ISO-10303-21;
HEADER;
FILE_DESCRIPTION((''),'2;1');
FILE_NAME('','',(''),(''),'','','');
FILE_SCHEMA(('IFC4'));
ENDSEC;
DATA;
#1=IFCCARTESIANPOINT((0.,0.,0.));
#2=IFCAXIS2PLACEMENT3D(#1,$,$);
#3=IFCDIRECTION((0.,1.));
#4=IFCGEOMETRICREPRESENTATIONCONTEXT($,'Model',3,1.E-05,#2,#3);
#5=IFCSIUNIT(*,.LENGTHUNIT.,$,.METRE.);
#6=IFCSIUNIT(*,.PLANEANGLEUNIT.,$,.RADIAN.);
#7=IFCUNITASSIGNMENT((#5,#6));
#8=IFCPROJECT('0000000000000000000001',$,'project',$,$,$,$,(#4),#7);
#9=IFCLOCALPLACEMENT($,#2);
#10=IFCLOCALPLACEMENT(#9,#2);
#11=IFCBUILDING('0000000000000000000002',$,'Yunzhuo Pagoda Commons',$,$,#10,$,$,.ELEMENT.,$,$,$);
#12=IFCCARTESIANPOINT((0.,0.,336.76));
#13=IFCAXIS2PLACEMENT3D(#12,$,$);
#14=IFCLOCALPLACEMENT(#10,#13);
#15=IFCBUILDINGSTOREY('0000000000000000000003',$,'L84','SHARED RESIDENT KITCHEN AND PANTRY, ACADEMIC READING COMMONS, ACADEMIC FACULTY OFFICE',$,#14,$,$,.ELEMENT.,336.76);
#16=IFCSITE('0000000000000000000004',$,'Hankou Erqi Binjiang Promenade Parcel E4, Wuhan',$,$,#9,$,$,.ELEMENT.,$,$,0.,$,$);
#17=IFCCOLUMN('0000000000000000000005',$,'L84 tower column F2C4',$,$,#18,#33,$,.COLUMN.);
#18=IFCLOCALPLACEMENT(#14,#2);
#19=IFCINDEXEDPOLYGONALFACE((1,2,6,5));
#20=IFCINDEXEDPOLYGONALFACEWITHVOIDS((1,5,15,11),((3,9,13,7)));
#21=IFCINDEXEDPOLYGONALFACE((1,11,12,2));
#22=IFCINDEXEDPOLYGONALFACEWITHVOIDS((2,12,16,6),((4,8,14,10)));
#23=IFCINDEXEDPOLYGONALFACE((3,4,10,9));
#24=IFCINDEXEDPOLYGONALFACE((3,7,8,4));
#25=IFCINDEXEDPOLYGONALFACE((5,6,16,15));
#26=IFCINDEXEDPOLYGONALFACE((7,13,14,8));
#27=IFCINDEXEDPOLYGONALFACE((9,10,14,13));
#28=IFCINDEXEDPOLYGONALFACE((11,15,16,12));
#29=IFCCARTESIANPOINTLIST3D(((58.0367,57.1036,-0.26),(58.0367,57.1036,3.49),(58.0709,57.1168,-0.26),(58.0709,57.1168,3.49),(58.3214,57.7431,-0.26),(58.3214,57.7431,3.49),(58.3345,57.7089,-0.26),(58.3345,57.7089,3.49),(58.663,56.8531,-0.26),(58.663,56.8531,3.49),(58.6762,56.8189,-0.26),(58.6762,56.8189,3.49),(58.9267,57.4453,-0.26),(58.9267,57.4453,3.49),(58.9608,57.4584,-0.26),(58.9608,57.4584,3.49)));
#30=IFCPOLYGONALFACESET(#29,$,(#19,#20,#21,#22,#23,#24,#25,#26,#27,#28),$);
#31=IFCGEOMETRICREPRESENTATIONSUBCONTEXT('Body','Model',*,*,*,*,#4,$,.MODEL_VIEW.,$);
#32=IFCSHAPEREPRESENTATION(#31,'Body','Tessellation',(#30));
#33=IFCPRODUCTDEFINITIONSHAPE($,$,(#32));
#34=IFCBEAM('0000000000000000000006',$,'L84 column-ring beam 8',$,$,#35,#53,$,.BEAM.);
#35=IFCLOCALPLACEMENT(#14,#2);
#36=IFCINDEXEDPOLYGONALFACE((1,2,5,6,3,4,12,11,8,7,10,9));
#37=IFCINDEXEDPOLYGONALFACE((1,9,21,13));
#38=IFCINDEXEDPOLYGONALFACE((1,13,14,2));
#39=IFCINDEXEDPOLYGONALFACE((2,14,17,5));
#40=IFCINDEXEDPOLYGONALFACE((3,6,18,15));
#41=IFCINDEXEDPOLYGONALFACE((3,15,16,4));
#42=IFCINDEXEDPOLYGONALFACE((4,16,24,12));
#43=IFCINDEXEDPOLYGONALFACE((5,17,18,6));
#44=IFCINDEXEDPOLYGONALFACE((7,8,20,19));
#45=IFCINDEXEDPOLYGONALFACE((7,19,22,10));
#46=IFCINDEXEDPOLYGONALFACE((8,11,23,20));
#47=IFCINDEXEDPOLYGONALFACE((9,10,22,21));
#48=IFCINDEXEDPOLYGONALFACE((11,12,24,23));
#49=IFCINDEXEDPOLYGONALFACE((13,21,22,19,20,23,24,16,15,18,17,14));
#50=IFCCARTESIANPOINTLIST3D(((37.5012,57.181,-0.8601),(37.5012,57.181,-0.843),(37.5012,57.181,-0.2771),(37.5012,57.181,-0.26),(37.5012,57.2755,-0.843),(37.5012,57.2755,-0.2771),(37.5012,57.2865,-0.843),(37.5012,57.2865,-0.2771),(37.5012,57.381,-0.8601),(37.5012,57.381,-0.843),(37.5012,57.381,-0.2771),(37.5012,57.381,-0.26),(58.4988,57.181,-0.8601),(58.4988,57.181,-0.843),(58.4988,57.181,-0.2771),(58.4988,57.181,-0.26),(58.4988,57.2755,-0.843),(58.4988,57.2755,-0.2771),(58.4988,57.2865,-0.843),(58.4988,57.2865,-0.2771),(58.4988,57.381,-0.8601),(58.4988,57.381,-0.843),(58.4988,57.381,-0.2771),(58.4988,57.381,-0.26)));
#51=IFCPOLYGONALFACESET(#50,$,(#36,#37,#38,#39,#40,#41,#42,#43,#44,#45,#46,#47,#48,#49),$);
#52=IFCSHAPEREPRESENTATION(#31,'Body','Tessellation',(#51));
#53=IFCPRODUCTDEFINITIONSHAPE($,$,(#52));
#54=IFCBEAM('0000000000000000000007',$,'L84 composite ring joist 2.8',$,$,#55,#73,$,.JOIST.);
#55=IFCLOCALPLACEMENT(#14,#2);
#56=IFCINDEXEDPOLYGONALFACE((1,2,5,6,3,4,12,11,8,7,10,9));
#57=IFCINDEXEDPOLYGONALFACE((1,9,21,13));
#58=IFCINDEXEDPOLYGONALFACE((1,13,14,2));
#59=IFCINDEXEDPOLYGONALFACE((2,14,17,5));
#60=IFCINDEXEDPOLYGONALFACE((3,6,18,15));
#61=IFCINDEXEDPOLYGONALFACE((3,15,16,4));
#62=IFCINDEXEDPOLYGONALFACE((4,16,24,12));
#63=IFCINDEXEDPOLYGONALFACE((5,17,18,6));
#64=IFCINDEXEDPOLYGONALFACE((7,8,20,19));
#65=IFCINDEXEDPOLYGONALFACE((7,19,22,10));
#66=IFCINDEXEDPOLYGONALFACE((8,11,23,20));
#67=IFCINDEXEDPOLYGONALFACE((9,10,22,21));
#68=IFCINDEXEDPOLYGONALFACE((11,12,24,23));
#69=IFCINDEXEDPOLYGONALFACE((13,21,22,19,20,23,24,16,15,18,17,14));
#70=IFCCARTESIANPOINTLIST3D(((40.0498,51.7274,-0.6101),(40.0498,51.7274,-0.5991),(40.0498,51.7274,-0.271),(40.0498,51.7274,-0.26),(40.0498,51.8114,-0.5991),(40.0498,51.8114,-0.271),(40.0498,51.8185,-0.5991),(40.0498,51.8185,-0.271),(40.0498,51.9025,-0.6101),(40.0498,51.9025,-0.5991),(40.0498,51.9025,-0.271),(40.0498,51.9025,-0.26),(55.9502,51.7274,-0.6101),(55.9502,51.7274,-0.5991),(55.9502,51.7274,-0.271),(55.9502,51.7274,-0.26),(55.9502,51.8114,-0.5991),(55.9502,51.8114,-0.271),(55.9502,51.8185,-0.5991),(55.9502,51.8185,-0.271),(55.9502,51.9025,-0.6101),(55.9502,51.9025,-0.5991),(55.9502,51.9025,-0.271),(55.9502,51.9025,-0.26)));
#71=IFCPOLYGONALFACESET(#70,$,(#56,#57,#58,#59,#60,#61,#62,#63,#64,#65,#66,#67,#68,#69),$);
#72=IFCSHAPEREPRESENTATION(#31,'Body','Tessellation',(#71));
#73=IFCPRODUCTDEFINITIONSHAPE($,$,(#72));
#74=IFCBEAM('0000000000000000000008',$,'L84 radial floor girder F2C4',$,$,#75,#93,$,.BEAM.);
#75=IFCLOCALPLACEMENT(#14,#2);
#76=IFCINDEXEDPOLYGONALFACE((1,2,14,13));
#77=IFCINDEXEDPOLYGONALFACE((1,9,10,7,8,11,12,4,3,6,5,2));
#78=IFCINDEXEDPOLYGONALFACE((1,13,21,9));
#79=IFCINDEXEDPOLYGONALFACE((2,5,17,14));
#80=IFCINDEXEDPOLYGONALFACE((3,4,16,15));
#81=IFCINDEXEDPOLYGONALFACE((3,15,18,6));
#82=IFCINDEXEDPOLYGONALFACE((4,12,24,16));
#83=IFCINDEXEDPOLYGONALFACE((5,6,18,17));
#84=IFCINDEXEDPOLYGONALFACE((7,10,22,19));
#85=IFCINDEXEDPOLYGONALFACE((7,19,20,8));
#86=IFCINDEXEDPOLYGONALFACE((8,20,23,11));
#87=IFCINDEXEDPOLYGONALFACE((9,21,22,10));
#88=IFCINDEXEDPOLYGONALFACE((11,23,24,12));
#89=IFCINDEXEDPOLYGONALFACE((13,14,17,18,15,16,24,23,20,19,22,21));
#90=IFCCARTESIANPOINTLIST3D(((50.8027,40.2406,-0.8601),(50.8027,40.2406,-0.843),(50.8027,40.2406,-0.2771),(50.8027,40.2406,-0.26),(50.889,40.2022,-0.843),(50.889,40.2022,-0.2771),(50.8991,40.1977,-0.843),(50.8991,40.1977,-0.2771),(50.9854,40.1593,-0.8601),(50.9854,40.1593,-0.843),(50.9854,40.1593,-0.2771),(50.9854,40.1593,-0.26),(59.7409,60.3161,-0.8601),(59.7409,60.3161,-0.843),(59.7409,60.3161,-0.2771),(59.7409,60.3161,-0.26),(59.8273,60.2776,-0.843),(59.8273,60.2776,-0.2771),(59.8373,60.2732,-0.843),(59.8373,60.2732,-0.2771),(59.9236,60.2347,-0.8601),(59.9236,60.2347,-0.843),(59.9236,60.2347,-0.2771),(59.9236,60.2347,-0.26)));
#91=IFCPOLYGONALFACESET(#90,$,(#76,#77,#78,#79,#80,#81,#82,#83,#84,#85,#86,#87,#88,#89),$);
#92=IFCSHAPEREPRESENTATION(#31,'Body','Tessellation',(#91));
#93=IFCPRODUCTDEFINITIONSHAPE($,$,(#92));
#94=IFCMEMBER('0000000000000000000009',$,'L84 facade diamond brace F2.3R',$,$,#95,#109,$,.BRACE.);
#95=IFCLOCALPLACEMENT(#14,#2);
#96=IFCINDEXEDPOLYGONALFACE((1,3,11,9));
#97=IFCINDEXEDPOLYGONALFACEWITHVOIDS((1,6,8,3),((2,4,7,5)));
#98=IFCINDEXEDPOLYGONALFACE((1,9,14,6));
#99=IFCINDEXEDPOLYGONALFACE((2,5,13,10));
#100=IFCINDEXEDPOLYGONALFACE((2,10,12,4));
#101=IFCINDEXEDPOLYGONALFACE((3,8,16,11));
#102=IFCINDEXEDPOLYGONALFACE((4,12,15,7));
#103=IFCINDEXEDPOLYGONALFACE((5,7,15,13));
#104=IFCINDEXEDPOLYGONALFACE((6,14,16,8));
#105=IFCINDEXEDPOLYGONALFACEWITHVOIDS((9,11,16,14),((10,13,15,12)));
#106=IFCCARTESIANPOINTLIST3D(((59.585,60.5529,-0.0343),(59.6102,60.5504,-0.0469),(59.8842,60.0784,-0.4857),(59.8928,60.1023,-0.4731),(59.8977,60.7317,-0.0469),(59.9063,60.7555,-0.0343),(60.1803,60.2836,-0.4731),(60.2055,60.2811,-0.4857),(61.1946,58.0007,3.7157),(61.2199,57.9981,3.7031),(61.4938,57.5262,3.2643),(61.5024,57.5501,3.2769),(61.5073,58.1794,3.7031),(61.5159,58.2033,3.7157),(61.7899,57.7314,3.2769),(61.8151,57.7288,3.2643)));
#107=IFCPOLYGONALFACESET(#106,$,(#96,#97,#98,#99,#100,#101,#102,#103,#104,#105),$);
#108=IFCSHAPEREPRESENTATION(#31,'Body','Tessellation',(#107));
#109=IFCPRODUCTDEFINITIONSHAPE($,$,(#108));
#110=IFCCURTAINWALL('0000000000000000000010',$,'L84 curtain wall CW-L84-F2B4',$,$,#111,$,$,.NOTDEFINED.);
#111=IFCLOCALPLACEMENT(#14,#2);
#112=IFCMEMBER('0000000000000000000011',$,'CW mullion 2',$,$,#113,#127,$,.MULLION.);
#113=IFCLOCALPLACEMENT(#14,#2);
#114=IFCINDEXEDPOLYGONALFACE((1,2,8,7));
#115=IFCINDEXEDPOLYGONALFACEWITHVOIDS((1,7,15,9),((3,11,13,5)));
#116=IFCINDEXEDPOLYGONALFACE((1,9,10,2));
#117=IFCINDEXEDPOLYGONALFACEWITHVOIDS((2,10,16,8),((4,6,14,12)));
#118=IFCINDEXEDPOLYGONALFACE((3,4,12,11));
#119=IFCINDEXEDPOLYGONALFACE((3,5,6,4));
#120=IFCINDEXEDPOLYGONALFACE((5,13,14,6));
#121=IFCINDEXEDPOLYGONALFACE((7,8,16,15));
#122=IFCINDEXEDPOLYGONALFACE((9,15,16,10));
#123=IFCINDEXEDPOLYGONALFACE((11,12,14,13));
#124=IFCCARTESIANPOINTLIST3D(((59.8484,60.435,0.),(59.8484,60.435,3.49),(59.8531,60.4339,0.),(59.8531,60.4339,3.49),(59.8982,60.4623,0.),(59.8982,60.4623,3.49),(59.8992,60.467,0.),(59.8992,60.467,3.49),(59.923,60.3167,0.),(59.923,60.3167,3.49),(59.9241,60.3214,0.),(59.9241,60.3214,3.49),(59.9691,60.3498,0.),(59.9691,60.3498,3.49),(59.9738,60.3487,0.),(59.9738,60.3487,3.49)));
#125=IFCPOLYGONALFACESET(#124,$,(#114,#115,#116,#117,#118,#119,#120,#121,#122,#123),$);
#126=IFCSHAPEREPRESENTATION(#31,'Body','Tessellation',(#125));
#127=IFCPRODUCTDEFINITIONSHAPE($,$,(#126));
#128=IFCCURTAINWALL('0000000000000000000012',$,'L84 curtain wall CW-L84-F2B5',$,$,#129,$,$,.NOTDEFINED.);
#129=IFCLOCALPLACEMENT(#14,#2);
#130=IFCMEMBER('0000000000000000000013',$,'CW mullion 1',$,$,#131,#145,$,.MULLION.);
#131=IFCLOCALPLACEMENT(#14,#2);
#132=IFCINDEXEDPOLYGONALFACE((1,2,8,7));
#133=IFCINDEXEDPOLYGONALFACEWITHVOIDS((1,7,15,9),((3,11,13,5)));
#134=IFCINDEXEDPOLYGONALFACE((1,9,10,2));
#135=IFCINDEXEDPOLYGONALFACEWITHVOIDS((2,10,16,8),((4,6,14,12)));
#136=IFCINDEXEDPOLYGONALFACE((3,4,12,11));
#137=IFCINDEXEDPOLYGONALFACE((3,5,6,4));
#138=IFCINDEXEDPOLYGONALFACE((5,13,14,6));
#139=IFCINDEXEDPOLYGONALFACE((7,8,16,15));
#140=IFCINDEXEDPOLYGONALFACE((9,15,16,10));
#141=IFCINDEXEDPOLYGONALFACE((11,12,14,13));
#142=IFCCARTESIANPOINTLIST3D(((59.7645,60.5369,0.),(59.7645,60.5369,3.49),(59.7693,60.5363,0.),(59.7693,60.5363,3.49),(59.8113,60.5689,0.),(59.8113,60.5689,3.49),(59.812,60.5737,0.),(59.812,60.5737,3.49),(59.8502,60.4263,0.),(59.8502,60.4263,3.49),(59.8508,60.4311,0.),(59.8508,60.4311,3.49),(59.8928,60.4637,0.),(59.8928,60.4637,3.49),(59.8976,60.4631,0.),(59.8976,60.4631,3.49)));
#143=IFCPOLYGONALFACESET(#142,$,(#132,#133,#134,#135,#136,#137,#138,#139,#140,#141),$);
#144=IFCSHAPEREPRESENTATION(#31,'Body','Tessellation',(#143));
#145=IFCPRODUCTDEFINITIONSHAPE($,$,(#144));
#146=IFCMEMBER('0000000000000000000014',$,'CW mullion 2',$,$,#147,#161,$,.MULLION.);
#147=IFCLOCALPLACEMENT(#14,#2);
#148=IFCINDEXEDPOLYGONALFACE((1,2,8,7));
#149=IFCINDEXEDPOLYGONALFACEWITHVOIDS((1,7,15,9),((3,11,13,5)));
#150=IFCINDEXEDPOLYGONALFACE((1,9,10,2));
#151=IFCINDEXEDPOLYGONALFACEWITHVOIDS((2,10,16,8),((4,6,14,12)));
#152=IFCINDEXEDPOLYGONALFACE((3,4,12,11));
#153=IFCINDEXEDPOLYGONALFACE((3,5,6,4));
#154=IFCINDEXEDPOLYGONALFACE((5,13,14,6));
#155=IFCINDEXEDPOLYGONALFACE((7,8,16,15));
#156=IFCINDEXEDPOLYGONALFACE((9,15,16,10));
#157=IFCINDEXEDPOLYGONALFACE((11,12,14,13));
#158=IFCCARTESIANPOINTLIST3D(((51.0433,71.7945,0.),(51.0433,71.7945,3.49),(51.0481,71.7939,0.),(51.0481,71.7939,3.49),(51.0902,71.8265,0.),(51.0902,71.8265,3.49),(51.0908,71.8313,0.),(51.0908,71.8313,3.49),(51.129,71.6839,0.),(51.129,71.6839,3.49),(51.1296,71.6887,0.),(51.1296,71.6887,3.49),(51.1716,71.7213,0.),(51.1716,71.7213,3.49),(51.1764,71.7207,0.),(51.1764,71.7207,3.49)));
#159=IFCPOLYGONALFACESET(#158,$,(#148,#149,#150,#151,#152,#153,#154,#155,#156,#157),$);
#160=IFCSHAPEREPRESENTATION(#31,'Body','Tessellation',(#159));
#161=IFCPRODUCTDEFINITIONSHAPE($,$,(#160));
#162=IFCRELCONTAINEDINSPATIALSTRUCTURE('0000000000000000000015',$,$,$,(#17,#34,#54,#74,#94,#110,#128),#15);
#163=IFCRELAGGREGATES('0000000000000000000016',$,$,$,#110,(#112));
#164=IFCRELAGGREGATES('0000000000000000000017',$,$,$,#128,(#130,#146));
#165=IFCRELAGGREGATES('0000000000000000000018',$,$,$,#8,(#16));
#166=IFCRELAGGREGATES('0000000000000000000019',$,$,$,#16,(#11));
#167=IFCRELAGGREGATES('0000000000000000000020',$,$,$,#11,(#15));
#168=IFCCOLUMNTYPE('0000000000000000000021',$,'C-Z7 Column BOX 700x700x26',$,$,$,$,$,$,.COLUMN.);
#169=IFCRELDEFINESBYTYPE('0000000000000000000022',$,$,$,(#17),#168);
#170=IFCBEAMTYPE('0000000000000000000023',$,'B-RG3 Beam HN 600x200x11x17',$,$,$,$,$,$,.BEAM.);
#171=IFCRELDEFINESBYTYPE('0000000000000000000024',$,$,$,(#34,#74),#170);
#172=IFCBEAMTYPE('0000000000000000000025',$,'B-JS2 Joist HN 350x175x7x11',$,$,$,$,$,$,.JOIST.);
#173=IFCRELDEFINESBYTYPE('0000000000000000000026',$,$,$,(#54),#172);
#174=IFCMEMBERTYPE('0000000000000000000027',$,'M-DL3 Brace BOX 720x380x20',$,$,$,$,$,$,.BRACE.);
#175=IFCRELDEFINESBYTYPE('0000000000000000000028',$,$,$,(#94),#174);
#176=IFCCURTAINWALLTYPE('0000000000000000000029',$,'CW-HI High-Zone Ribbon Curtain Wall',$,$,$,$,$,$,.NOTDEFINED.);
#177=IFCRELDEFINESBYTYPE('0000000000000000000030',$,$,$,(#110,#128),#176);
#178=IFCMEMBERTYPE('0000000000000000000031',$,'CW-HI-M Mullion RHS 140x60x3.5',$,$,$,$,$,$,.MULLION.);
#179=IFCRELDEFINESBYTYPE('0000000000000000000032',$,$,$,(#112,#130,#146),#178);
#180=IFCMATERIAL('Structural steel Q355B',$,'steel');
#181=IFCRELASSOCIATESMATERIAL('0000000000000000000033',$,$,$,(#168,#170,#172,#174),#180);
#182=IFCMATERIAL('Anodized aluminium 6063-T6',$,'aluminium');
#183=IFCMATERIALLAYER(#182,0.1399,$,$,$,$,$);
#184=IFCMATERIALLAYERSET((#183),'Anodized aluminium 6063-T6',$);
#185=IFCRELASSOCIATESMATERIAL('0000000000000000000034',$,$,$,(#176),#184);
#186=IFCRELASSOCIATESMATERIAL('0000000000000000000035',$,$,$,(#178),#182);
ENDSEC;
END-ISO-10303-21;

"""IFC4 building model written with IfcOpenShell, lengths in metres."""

from ifc_helpers import new_model, si_unit, direction, frame, origin, origin_2d, place, context, subcontext, project, spatial, hollow_rectangle, i_section, extrude, source, transform, mapped, material, layer, layer_set, material_profile, profile_set, type_object, element, aggregate, save


model = new_model("IFC4")

# Units and contexts
model_context = context("Model", 3, precision=1e-05, world=origin(), true_north=direction((0.0, 1.0)))
body_context = subcontext(model_context, "Body", "Model", "MODEL_VIEW")
ifc_project = project(units=[si_unit("LENGTHUNIT", "METRE"), si_unit("PLANEANGLEUNIT", "RADIAN")], contexts=[model_context])

# Site, building, storey
site_placement = place(None, origin())
site = spatial("IfcSite", under=ifc_project, at=site_placement, Name="Hankou Erqi Binjiang Promenade Parcel E4, Wuhan", CompositionType="ELEMENT", RefElevation=0.0)
building_placement = place(site_placement, origin())
building = spatial("IfcBuilding", under=site, at=building_placement, Name="Yunzhuo Pagoda Commons", CompositionType="ELEMENT")
storey_placement = place(building_placement, frame((0.0, 0.0, 336.76)))
storey = spatial("IfcBuildingStorey", under=building, at=storey_placement, Name="L84", Description="SHARED RESIDENT KITCHEN AND PANTRY, ACADEMIC READING COMMONS, ACADEMIC FACULTY OFFICE", CompositionType="ELEMENT", Elevation=336.76)

# Column
ifc_material_1 = material(Name="Structural steel Q355B", Category="steel")
ifc_material_profile_1 = material_profile(ifc_material_1, hollow_rectangle(XDim=0.7, YDim=0.7, WallThickness=0.0259, at=origin_2d()), Name="Structural steel Q355B")
ifc_profile_set_1 = profile_set([ifc_material_profile_1], Name="Structural steel Q355B")
column_type = type_object("IfcColumnType", Name="C-Z7 Column BOX 700x700x26", PredefinedType="COLUMN", material=ifc_profile_set_1)
shared_shape_1 = source(origin(), body_context, "Body", "SweptSolid", [
    extrude(hollow_rectangle(XDim=0.7, YDim=0.7, WallThickness=0.0259, at=origin_2d()), origin(), (0.0, 0.0, 1.0), 3.75),
])
column_placement = place(storey_placement, frame((58.4988, 57.281, -0.26), z_axis=(0.0, 0.0, 1.0), x_axis=(-0.913545, 0.406737, 0.0)))
element("IfcColumn", 1, at=column_placement, inside=storey, type_object=column_type, Name="L84 tower column F2C4", PredefinedType="COLUMN", context=body_context, shape_type="MappedRepresentation", body=[
    mapped(shared_shape_1, transform((0.0, 0.0, 0.0), scale=1.0)),
])

# Beams
ifc_material_profile_2 = material_profile(ifc_material_1, i_section(OverallWidth=0.2, OverallDepth=0.6001, WebThickness=0.011, FlangeThickness=0.0171, at=origin_2d()), Name="Structural steel Q355B")
ifc_profile_set_2 = profile_set([ifc_material_profile_2], Name="Structural steel Q355B")
beam_type_1 = type_object("IfcBeamType", Name="B-RG3 Beam HN 600x200x11x17", PredefinedType="BEAM", material=ifc_profile_set_2)
shared_shape_2 = source(origin(), body_context, "Body", "SweptSolid", [
    extrude(i_section(OverallWidth=0.2, OverallDepth=0.6001, WebThickness=0.011, FlangeThickness=0.0171, at=origin_2d()), origin(), (0.0, 0.0, 1.0), 20.9976),
])
beam_1_placement = place(storey_placement, frame((58.4988, 57.281, -0.5601), z_axis=(-1.0, 0.0, 0.0), x_axis=(0.0, -1.0, 0.0)))
element("IfcBeam", 2, at=beam_1_placement, inside=storey, type_object=beam_type_1, Name="L84 column-ring beam 8", PredefinedType="BEAM", context=body_context, shape_type="MappedRepresentation", body=[
    mapped(shared_shape_2, transform((0.0, 0.0, 0.0), scale=1.0)),
])
ifc_material_profile_3 = material_profile(ifc_material_1, i_section(OverallWidth=0.175, OverallDepth=0.3501, WebThickness=0.0071, FlangeThickness=0.011, at=origin_2d()), Name="Structural steel Q355B")
ifc_profile_set_3 = profile_set([ifc_material_profile_3], Name="Structural steel Q355B")
beam_type_2 = type_object("IfcBeamType", Name="B-JS2 Joist HN 350x175x7x11", PredefinedType="JOIST", material=ifc_profile_set_3)
shared_shape_3 = source(origin(), body_context, "Body", "SweptSolid", [
    extrude(i_section(OverallWidth=0.175, OverallDepth=0.3501, WebThickness=0.0071, FlangeThickness=0.011, at=origin_2d()), origin(), (0.0, 0.0, 1.0), 15.9004),
])
beam_2_placement = place(storey_placement, frame((55.9502, 51.8149, -0.4351), z_axis=(-1.0, 0.0, 0.0), x_axis=(0.0, -1.0, 0.0)))
element("IfcBeam", 3, at=beam_2_placement, inside=storey, type_object=beam_type_2, Name="L84 composite ring joist 2.8", PredefinedType="JOIST", context=body_context, shape_type="MappedRepresentation", body=[
    mapped(shared_shape_3, transform((0.0, 0.0, 0.0), scale=1.0)),
])
shared_shape_4 = source(origin(), body_context, "Body", "SweptSolid", [
    extrude(i_section(OverallWidth=0.2, OverallDepth=0.6001, WebThickness=0.011, FlangeThickness=0.0171, at=origin_2d()), origin(), (0.0, 0.0, 1.0), 21.9753),
])
beam_3_placement = place(storey_placement, frame((59.8323, 60.2754, -0.5601), z_axis=(-0.406739, -0.913544, 0.0), x_axis=(0.913544, -0.406739, 0.0)))
element("IfcBeam", 4, at=beam_3_placement, inside=storey, type_object=beam_type_1, Name="L84 radial floor girder F2C4", PredefinedType="BEAM", context=body_context, shape_type="MappedRepresentation", body=[
    mapped(shared_shape_4, transform((0.0, 0.0, 0.0), scale=1.0)),
])

# Member
ifc_material_profile_4 = material_profile(ifc_material_1, hollow_rectangle(XDim=0.3799, YDim=0.72, WallThickness=0.02, at=origin_2d()), Name="Structural steel Q355B")
ifc_profile_set_4 = profile_set([ifc_material_profile_4], Name="Structural steel Q355B")
member_type_1 = type_object("IfcMemberType", Name="M-DL3 Brace BOX 720x380x20", PredefinedType="BRACE", material=ifc_profile_set_4)
shared_shape_5 = source(origin(), body_context, "Body", "SweptSolid", [
    extrude(hollow_rectangle(XDim=0.3799, YDim=0.72, WallThickness=0.02, at=origin_2d()), origin(), (0.0, 0.0, 1.0), 4.8132),
])
member_1_placement = place(storey_placement, frame((59.8953, 60.417, -0.26), z_axis=(0.334414, -0.530255, 0.7791), x_axis=(0.845837, 0.533442, 0.0)))
element("IfcMember", 5, at=member_1_placement, inside=storey, type_object=member_type_1, Name="L84 facade diamond brace F2.3R", PredefinedType="BRACE", context=body_context, shape_type="MappedRepresentation", body=[
    mapped(shared_shape_5, transform((0.0, 0.0, 0.0), scale=1.0)),
])

# Curtain wall, member
ifc_material_2 = material(Name="Anodized aluminium 6063-T6", Category="aluminium")
ifc_layer_1 = layer(ifc_material_2, 0.1399)
ifc_layer_set_1 = layer_set([ifc_layer_1], Name="Anodized aluminium 6063-T6")
curtain_wall_type = type_object("IfcCurtainWallType", Name="CW-HI High-Zone Ribbon Curtain Wall", PredefinedType="NOTDEFINED", material=ifc_layer_set_1)
curtain_wall_1_placement = place(storey_placement, origin())
curtain_wall_1 = element("IfcCurtainWall", 6, at=curtain_wall_1_placement, inside=storey, type_object=curtain_wall_type, Name="L84 curtain wall CW-L84-F2B4", PredefinedType="NOTDEFINED")
ifc_material_profile_5 = material_profile(ifc_material_2, hollow_rectangle(XDim=0.0601, YDim=0.1399, WallThickness=0.0034, at=origin_2d()), Name="Anodized aluminium 6063-T6")
ifc_profile_set_5 = profile_set([ifc_material_profile_5], Name="Anodized aluminium 6063-T6")
member_type_2 = type_object("IfcMemberType", Name="CW-HI-M Mullion RHS 140x60x3.5", PredefinedType="MULLION", material=ifc_profile_set_5)
shared_shape_6 = source(origin(), body_context, "Body", "SweptSolid", [
    extrude(hollow_rectangle(XDim=0.0601, YDim=0.1399, WallThickness=0.0034, at=origin_2d()), origin(), (0.0, 0.0, 1.0), 3.49),
])
member_2_placement = place(storey_placement, frame((59.9111, 60.3918, 0.0), z_axis=(0.0, 0.0, 1.0), x_axis=(-0.845818, -0.533472, 0.0)))
member_2 = element("IfcMember", 7, at=member_2_placement, type_object=member_type_2, Name="CW mullion 2", PredefinedType="MULLION", context=body_context, shape_type="MappedRepresentation", body=[
    mapped(shared_shape_6, transform((0.0, 0.0, 0.0), scale=1.0)),
])

# Curtain wall, members
curtain_wall_2_placement = place(storey_placement, origin())
curtain_wall_2 = element("IfcCurtainWall", 8, at=curtain_wall_2_placement, inside=storey, type_object=curtain_wall_type, Name="L84 curtain wall CW-L84-F2B5", PredefinedType="NOTDEFINED")
member_3_placement = place(storey_placement, frame((59.8311, 60.5, 0.0), z_axis=(0.0, 0.0, 1.0), x_axis=(-0.790527, -0.612427, 0.0)))
member_3 = element("IfcMember", 9, at=member_3_placement, type_object=member_type_2, Name="CW mullion 1", PredefinedType="MULLION", context=body_context, shape_type="MappedRepresentation", body=[
    mapped(shared_shape_6, transform((0.0, 0.0, 0.0), scale=1.0)),
])
member_4_placement = place(storey_placement, frame((51.1099, 71.7576, 0.0), z_axis=(0.0, 0.0, 1.0), x_axis=(-0.790527, -0.612427, 0.0)))
member_4 = element("IfcMember", 10, at=member_4_placement, type_object=member_type_2, Name="CW mullion 2", PredefinedType="MULLION", context=body_context, shape_type="MappedRepresentation", body=[
    mapped(shared_shape_6, transform((0.0, 0.0, 0.0), scale=1.0)),
])

aggregate(curtain_wall_1, [member_2])

aggregate(curtain_wall_2, [member_3, member_4])

save(model, "model.ifc")
